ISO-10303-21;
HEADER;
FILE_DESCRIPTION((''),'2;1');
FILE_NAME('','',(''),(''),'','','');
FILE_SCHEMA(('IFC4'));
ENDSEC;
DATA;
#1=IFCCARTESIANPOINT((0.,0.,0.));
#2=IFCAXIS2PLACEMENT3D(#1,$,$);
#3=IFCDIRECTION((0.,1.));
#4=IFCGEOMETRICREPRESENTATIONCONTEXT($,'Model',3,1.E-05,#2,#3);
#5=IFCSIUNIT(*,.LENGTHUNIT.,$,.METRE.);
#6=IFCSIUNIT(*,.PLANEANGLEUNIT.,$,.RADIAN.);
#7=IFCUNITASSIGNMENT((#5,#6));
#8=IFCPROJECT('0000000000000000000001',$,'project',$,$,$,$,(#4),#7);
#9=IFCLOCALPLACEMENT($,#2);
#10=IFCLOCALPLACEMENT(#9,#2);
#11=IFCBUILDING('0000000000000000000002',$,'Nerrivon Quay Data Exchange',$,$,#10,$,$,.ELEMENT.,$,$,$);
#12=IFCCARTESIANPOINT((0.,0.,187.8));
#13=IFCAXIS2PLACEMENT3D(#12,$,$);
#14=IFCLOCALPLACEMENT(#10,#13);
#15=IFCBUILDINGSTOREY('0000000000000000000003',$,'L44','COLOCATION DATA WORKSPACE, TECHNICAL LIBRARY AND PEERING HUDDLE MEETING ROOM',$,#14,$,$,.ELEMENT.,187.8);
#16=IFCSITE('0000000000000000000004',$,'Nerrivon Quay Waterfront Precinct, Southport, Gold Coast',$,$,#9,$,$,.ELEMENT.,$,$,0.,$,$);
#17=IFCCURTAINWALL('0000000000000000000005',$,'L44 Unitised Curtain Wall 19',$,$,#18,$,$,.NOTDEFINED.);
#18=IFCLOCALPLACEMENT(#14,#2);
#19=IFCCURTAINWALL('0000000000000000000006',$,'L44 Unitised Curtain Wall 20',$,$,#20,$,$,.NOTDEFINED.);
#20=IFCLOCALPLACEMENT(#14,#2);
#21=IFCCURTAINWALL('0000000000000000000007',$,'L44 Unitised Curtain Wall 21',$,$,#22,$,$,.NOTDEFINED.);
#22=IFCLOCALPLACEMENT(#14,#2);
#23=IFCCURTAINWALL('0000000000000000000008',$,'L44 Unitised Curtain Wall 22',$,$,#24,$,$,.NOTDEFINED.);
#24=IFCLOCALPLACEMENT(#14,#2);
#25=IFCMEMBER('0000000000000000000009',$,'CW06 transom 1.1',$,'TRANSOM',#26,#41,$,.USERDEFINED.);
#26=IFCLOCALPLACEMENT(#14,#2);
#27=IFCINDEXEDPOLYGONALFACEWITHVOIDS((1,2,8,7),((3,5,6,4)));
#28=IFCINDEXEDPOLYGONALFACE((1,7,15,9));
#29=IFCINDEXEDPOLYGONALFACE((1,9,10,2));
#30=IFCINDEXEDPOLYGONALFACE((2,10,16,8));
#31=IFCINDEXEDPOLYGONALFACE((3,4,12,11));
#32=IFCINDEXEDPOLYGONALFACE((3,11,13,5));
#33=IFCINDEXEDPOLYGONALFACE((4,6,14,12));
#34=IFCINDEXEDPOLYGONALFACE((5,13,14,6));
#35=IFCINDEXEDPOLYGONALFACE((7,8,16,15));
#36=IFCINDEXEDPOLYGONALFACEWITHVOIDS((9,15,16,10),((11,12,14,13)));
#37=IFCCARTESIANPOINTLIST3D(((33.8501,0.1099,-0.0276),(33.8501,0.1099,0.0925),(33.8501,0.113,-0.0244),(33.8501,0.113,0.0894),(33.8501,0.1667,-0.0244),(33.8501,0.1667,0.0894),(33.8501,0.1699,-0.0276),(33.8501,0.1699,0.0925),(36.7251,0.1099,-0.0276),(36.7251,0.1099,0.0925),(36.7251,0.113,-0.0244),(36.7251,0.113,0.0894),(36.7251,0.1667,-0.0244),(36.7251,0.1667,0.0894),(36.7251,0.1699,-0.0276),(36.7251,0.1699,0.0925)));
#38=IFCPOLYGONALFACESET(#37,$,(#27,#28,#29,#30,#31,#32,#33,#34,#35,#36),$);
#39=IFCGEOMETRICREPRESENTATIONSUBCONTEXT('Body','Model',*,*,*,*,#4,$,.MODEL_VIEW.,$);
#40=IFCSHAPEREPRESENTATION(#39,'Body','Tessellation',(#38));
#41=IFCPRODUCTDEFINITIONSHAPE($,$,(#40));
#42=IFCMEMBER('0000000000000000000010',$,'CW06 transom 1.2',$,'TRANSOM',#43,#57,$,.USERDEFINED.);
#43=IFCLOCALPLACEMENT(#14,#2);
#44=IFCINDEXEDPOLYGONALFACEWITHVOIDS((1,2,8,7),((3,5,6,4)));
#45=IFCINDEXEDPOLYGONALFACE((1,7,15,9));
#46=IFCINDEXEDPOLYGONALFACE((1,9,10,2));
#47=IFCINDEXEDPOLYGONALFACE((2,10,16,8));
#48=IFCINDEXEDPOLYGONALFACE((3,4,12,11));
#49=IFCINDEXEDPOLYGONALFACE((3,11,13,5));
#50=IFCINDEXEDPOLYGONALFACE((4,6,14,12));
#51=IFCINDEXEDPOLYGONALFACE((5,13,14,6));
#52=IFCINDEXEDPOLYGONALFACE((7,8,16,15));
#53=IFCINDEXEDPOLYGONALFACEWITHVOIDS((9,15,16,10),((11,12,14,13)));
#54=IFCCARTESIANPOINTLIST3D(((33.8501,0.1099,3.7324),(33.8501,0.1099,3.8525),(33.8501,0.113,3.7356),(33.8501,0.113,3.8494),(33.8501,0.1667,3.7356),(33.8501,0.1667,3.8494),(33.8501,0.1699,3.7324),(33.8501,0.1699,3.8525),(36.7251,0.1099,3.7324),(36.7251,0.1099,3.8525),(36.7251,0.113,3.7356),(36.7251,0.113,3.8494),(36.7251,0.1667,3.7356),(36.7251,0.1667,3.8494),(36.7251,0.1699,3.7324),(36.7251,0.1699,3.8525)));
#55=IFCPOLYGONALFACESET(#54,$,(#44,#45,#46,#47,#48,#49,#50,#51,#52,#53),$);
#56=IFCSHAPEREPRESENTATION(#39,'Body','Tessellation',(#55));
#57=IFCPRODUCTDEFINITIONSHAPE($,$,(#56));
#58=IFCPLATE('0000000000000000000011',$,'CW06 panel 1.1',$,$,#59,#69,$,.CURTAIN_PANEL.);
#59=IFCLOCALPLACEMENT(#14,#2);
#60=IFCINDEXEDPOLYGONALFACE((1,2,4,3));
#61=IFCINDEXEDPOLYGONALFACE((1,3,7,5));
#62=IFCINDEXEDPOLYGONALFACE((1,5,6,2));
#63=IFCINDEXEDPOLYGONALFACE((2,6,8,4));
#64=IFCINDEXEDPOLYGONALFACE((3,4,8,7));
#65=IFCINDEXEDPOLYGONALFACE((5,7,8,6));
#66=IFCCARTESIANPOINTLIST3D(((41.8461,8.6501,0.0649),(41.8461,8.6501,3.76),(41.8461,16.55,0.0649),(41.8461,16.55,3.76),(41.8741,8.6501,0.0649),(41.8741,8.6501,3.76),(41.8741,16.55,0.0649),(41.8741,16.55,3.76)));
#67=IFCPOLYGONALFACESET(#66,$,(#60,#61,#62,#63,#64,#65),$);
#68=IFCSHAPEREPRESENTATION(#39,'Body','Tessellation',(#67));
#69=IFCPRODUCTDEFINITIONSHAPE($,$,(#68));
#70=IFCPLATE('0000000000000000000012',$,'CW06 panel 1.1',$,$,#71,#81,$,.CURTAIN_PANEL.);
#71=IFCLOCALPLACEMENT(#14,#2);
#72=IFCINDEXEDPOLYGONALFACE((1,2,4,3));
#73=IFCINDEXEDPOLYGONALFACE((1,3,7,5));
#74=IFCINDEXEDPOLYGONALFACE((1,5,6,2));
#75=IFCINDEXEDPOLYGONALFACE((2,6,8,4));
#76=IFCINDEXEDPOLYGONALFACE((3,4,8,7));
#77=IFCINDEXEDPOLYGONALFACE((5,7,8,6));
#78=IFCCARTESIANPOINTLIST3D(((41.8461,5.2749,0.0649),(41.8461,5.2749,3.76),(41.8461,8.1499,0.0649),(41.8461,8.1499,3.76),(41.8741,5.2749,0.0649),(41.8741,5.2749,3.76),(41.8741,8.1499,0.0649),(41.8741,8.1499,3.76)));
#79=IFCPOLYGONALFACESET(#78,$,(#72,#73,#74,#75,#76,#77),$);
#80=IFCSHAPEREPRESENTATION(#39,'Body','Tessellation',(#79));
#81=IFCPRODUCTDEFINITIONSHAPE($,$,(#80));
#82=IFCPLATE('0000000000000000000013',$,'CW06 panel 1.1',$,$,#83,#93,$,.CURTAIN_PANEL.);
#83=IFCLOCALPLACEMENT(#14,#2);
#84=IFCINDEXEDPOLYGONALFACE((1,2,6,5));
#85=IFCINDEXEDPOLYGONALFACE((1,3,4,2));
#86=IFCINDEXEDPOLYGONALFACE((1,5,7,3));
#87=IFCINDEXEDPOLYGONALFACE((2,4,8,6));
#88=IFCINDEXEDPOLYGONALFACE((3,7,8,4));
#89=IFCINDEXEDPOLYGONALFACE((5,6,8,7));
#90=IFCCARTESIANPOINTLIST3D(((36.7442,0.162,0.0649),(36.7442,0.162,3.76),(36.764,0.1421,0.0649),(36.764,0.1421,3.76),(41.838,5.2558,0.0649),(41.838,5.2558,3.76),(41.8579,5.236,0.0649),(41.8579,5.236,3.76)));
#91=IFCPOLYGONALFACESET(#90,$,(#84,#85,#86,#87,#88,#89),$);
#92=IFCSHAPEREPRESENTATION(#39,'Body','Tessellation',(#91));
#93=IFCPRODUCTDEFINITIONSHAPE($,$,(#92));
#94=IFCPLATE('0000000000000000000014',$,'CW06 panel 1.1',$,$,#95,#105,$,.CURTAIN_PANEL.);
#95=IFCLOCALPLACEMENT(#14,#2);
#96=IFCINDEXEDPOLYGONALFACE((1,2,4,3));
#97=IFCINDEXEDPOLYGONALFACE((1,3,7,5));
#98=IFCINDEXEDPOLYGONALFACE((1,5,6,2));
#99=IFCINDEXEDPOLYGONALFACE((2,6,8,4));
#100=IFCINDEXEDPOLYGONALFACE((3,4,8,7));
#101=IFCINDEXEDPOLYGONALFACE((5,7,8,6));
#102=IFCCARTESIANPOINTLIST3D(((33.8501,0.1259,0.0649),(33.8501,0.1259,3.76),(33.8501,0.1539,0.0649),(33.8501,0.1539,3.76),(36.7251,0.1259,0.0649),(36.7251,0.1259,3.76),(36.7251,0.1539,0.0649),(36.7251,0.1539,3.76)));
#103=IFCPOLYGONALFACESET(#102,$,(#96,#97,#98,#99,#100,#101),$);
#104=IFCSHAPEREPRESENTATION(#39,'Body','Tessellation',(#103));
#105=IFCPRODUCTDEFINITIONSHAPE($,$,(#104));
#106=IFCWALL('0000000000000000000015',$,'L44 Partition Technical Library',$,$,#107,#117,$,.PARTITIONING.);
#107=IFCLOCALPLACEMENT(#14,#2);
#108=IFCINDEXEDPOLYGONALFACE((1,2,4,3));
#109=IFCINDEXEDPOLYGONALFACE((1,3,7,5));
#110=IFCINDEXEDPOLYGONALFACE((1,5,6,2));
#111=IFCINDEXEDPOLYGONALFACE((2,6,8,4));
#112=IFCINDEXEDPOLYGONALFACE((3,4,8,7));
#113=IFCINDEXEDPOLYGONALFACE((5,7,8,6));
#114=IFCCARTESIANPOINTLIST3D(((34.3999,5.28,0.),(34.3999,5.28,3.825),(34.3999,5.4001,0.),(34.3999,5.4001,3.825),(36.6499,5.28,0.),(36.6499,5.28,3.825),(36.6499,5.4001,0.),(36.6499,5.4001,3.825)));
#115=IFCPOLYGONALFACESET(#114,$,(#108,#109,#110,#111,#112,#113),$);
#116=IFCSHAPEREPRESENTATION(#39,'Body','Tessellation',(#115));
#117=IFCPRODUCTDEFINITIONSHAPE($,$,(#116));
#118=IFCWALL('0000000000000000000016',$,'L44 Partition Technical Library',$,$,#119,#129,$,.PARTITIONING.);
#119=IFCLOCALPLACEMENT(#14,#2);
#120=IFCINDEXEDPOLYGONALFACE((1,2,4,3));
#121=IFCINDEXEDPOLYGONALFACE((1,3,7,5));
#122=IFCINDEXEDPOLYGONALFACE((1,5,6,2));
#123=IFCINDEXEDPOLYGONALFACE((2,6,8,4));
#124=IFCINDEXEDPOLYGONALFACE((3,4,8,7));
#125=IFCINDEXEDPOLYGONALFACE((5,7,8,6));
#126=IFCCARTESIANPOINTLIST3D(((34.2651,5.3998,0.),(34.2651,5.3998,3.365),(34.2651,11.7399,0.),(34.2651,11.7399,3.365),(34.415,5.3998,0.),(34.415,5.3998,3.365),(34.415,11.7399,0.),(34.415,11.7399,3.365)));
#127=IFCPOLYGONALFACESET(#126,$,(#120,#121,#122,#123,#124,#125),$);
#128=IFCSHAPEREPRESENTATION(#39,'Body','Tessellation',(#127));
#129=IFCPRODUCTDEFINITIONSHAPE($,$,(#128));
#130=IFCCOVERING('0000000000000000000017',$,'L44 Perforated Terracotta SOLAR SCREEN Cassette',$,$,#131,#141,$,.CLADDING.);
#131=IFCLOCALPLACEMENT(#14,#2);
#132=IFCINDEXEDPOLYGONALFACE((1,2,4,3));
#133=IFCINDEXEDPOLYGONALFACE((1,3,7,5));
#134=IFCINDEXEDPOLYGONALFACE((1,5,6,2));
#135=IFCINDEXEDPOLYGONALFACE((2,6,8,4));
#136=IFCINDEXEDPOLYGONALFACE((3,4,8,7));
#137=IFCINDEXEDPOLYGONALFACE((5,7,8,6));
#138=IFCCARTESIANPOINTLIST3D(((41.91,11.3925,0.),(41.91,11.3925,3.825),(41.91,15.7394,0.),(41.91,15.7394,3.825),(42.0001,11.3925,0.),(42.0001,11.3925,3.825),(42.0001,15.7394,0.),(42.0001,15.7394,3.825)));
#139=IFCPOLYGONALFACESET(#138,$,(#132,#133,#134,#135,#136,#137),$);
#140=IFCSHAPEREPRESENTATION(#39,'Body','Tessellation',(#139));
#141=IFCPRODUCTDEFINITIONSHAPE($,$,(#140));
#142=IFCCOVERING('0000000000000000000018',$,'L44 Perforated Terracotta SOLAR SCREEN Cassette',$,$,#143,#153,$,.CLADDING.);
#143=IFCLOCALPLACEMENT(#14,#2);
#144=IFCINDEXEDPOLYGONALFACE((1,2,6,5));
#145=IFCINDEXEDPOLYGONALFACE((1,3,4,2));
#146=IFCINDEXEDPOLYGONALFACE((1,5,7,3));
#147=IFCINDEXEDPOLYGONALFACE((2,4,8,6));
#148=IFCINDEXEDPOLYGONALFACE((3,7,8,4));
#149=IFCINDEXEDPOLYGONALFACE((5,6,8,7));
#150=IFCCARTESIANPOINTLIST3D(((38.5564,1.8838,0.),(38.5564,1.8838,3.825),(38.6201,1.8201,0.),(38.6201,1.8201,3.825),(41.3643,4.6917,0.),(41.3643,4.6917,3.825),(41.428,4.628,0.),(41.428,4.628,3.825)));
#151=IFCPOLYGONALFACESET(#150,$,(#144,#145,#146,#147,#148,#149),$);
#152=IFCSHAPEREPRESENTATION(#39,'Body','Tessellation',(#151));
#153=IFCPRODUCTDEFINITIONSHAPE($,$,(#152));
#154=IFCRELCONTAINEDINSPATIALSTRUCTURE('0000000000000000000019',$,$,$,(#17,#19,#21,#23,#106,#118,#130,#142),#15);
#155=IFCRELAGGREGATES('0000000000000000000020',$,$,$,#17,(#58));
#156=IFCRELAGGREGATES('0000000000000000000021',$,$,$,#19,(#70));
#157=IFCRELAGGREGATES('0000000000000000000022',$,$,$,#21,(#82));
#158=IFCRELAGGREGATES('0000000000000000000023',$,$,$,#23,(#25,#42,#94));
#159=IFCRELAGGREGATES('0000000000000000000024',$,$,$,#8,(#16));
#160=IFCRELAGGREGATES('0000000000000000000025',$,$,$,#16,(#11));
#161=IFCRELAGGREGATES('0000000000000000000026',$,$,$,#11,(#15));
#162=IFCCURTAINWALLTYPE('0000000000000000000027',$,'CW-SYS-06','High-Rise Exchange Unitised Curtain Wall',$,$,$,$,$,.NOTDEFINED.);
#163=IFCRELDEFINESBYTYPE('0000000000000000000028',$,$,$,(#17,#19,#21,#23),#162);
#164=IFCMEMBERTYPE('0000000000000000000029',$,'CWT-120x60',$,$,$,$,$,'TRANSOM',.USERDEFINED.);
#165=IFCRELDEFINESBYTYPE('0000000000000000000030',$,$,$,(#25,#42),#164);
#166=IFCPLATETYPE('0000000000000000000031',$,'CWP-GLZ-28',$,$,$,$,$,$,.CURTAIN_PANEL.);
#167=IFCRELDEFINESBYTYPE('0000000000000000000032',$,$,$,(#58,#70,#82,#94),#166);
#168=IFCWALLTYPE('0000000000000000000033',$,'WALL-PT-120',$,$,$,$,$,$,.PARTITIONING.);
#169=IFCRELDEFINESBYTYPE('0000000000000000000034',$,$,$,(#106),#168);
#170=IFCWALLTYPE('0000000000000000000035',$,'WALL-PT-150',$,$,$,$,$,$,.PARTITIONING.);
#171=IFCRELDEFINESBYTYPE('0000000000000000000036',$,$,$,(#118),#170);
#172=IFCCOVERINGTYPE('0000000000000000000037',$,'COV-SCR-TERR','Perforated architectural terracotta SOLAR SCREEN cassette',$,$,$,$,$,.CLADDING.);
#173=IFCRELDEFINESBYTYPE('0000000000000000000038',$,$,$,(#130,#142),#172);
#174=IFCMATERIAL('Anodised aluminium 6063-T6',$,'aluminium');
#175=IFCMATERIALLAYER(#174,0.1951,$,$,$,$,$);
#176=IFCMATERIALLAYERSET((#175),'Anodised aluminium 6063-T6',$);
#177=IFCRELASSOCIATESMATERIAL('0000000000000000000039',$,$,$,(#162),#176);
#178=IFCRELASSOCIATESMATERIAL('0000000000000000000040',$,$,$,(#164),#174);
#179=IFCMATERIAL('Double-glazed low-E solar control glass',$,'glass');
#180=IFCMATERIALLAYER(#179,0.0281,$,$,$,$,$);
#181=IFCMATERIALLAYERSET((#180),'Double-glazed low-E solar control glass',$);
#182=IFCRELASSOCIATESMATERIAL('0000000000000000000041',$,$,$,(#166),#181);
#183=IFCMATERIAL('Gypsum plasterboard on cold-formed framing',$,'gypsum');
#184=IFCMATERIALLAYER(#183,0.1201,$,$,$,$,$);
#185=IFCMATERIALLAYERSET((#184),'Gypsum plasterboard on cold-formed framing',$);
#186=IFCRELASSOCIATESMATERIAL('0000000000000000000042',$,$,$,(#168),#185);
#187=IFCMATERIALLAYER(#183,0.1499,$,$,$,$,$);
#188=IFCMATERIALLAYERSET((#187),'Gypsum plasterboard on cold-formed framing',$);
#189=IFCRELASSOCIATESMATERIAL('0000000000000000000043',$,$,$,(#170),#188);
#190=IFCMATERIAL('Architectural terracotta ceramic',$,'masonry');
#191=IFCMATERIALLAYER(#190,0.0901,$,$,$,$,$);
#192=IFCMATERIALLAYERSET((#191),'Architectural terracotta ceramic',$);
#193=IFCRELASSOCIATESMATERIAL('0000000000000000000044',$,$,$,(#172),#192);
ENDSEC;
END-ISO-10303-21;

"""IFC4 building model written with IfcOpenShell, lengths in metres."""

from ifc_helpers import new_model, si_unit, direction, frame, frame_2d, origin, origin_2d, place, context, subcontext, project, spatial, rectangle, hollow_rectangle, extrude, material, layer, layer_set, material_profile, profile_set, type_object, element, aggregate, save


model = new_model("IFC4")

# Units and contexts
model_context = context("Model", 3, precision=1e-05, world=origin(), true_north=direction((0.0, 1.0)))
body_context = subcontext(model_context, "Body", "Model", "MODEL_VIEW")
ifc_project = project(units=[si_unit("LENGTHUNIT", "METRE"), si_unit("PLANEANGLEUNIT", "RADIAN")], contexts=[model_context])

# Site, building, storey
site_placement = place(None, origin())
site = spatial("IfcSite", under=ifc_project, at=site_placement, Name="Nerrivon Quay Waterfront Precinct, Southport, Gold Coast", CompositionType="ELEMENT", RefElevation=0.0)
building_placement = place(site_placement, origin())
building = spatial("IfcBuilding", under=site, at=building_placement, Name="Nerrivon Quay Data Exchange", CompositionType="ELEMENT")
storey_placement = place(building_placement, frame((0.0, 0.0, 187.8)))
storey = spatial("IfcBuildingStorey", under=building, at=storey_placement, Name="L44", Description="COLOCATION DATA WORKSPACE, TECHNICAL LIBRARY AND PEERING HUDDLE MEETING ROOM", CompositionType="ELEMENT", Elevation=187.8)

# Curtain walls
ifc_material_1 = material(Name="Anodised aluminium 6063-T6", Category="aluminium")
ifc_layer_1 = layer(ifc_material_1, 0.1951)
ifc_layer_set_1 = layer_set([ifc_layer_1], Name="Anodised aluminium 6063-T6")
curtain_wall_type = type_object("IfcCurtainWallType", Name="CW-SYS-06", Description="High-Rise Exchange Unitised Curtain Wall", PredefinedType="NOTDEFINED", material=ifc_layer_set_1)
curtain_wall_1_placement = place(storey_placement, origin())
curtain_wall_1 = element("IfcCurtainWall", 1, at=curtain_wall_1_placement, inside=storey, type_object=curtain_wall_type, Name="L44 Unitised Curtain Wall 19", PredefinedType="NOTDEFINED")
curtain_wall_2_placement = place(storey_placement, origin())
curtain_wall_2 = element("IfcCurtainWall", 2, at=curtain_wall_2_placement, inside=storey, type_object=curtain_wall_type, Name="L44 Unitised Curtain Wall 20", PredefinedType="NOTDEFINED")
curtain_wall_3_placement = place(storey_placement, origin())
curtain_wall_3 = element("IfcCurtainWall", 3, at=curtain_wall_3_placement, inside=storey, type_object=curtain_wall_type, Name="L44 Unitised Curtain Wall 21", PredefinedType="NOTDEFINED")

# Curtain wall
curtain_wall_4_placement = place(storey_placement, origin())
curtain_wall_4 = element("IfcCurtainWall", 4, at=curtain_wall_4_placement, inside=storey, type_object=curtain_wall_type, Name="L44 Unitised Curtain Wall 22", PredefinedType="NOTDEFINED")

# Members
ifc_material_profile_1 = material_profile(ifc_material_1, hollow_rectangle(XDim=0.0601, YDim=0.1201, WallThickness=0.0032, at=origin_2d()), Name="ALU-TRAN-120x60")
ifc_profile_set_1 = profile_set([ifc_material_profile_1], Name="Anodised aluminium 6063-T6")
member_type_1 = type_object("IfcMemberType", Name="CWT-120x60", ElementType="TRANSOM", PredefinedType="USERDEFINED", material=ifc_profile_set_1)
member_1_placement = place(storey_placement, frame((36.7251, 0.1399, 0.0325), z_axis=(-1.0, 0.0, 0.0), x_axis=(0.0, -1.0, 0.0)))
member_1 = element("IfcMember", 5, at=member_1_placement, type_object=member_type_1, Name="CW06 transom 1.1", ObjectType="TRANSOM", PredefinedType="USERDEFINED", context=body_context, shape_type="SweptSolid", body=[
    extrude(hollow_rectangle(XDim=0.0601, YDim=0.1201, WallThickness=0.0032, at=origin_2d()), origin(), (0.0, 0.0, 1.0), 2.875),
])
member_2_placement = place(storey_placement, frame((36.7251, 0.1399, 3.7925), z_axis=(-1.0, 0.0, 0.0), x_axis=(0.0, -1.0, 0.0)))
member_2 = element("IfcMember", 6, at=member_2_placement, type_object=member_type_1, Name="CW06 transom 1.2", ObjectType="TRANSOM", PredefinedType="USERDEFINED", context=body_context, shape_type="SweptSolid", body=[
    extrude(hollow_rectangle(XDim=0.0601, YDim=0.1201, WallThickness=0.0032, at=origin_2d()), origin(), (0.0, 0.0, 1.0), 2.875),
])

# Plates
ifc_material_2 = material(Name="Double-glazed low-E solar control glass", Category="glass")
ifc_layer_2 = layer(ifc_material_2, 0.0281)
ifc_layer_set_2 = layer_set([ifc_layer_2], Name="Double-glazed low-E solar control glass")
plate_type = type_object("IfcPlateType", Name="CWP-GLZ-28", PredefinedType="CURTAIN_PANEL", material=ifc_layer_set_2)
plate_1_placement = place(storey_placement, frame((41.8601, 12.6001, 0.0649), z_axis=(0.0, 0.0, 1.0), x_axis=(0.0, -1.0, 0.0)))
plate_1 = element("IfcPlate", 7, at=plate_1_placement, type_object=plate_type, Name="CW06 panel 1.1", PredefinedType="CURTAIN_PANEL", context=body_context, shape_type="SweptSolid", body=[
    extrude(rectangle(XDim=7.8999, YDim=0.0281, at=origin_2d()), origin(), (0.0, 0.0, 1.0), 3.6951),
])
aggregate(curtain_wall_1, [plate_1])
plate_2_placement = place(storey_placement, frame((41.8601, 6.7124, 0.0649), z_axis=(0.0, 0.0, 1.0), x_axis=(0.0, -1.0, 0.0)))
plate_2 = element("IfcPlate", 8, at=plate_2_placement, type_object=plate_type, Name="CW06 panel 1.1", PredefinedType="CURTAIN_PANEL", context=body_context, shape_type="SweptSolid", body=[
    extrude(rectangle(XDim=2.875, YDim=0.0281, at=origin_2d()), origin(), (0.0, 0.0, 1.0), 3.6951),
])
aggregate(curtain_wall_2, [plate_2])
plate_3_placement = place(storey_placement, frame((39.301, 2.699, 0.0649), z_axis=(0.0, 0.0, 1.0), x_axis=(-0.707107, -0.707107, 0.0)))
plate_3 = element("IfcPlate", 9, at=plate_3_placement, type_object=plate_type, Name="CW06 panel 1.1", PredefinedType="CURTAIN_PANEL", context=body_context, shape_type="SweptSolid", body=[
    extrude(rectangle(XDim=7.2039, YDim=0.0281, at=origin_2d()), origin(), (0.0, 0.0, 1.0), 3.6951),
])
aggregate(curtain_wall_3, [plate_3])
plate_4_placement = place(storey_placement, frame((35.2876, 0.1399, 0.0649), z_axis=(0.0, 0.0, 1.0), x_axis=(-1.0, 0.0, 0.0)))
plate_4 = element("IfcPlate", 10, at=plate_4_placement, type_object=plate_type, Name="CW06 panel 1.1", PredefinedType="CURTAIN_PANEL", context=body_context, shape_type="SweptSolid", body=[
    extrude(rectangle(XDim=2.875, YDim=0.0281, at=origin_2d()), origin(), (0.0, 0.0, 1.0), 3.6951),
])
aggregate(curtain_wall_4, [member_1, member_2, plate_4])

# Walls
ifc_material_3 = material(Name="Gypsum plasterboard on cold-formed framing", Category="gypsum")
ifc_layer_3 = layer(ifc_material_3, 0.1201)
ifc_layer_set_3 = layer_set([ifc_layer_3], Name="Gypsum plasterboard on cold-formed framing")
wall_type_1 = type_object("IfcWallType", Name="WALL-PT-120", PredefinedType="PARTITIONING", material=ifc_layer_set_3)
wall_1_placement = place(storey_placement, frame((36.6499, 5.3401, 0.0), z_axis=(0.0, 0.0, 1.0), x_axis=(-1.0, 0.0, 0.0)))
element("IfcWall", 11, at=wall_1_placement, inside=storey, type_object=wall_type_1, Name="L44 Partition Technical Library", PredefinedType="PARTITIONING", context=body_context, shape_type="SweptSolid", body=[
    extrude(rectangle(XDim=2.25, YDim=0.1201, at=frame_2d((1.125, 0.0))), origin(), (0.0, 0.0, 1.0), 3.825),
])
ifc_layer_4 = layer(ifc_material_3, 0.1499)
ifc_layer_set_4 = layer_set([ifc_layer_4], Name="Gypsum plasterboard on cold-formed framing")
wall_type_2 = type_object("IfcWallType", Name="WALL-PT-150", PredefinedType="PARTITIONING", material=ifc_layer_set_4)
wall_2_placement = place(storey_placement, frame((34.3401, 5.3999, 0.0), z_axis=(0.0, 0.0, 1.0), x_axis=(0.0, 1.0, 0.0)))
element("IfcWall", 12, at=wall_2_placement, inside=storey, type_object=wall_type_2, Name="L44 Partition Technical Library", PredefinedType="PARTITIONING", context=body_context, shape_type="SweptSolid", body=[
    extrude(rectangle(XDim=6.3401, YDim=0.1499, at=frame_2d((3.1699, 0.0))), origin(), (0.0, 0.0, 1.0), 3.365),
])

# Coverings
ifc_material_4 = material(Name="Architectural terracotta ceramic", Category="masonry")
ifc_layer_5 = layer(ifc_material_4, 0.0901)
ifc_layer_set_5 = layer_set([ifc_layer_5], Name="Architectural terracotta ceramic")
covering_type = type_object("IfcCoveringType", Name="COV-SCR-TERR", Description="Perforated architectural terracotta SOLAR SCREEN cassette", PredefinedType="CLADDING", material=ifc_layer_set_5)
covering_1_placement = place(storey_placement, frame((41.9551, 13.5659, 0.0), z_axis=(0.0, 0.0, 1.0), x_axis=(0.0, -1.0, 0.0)))
element("IfcCovering", 13, at=covering_1_placement, inside=storey, type_object=covering_type, Name="L44 Perforated Terracotta SOLAR SCREEN Cassette", PredefinedType="CLADDING", context=body_context, shape_type="SweptSolid", body=[
    extrude(rectangle(XDim=4.3469, YDim=0.0901, at=origin_2d()), origin(), (0.0, 0.0, 1.0), 3.825),
])
covering_2_placement = place(storey_placement, frame((39.9922, 3.2559, 0.0), z_axis=(0.0, 0.0, 1.0), x_axis=(-0.707107, -0.707107, 0.0)))
element("IfcCovering", 14, at=covering_2_placement, inside=storey, type_object=covering_type, Name="L44 Perforated Terracotta SOLAR SCREEN Cassette", PredefinedType="CLADDING", context=body_context, shape_type="SweptSolid", body=[
    extrude(rectangle(XDim=3.9709, YDim=0.0901, at=origin_2d()), origin(), (0.0, 0.0, 1.0), 3.825),
])

save(model, "model.ifc")
